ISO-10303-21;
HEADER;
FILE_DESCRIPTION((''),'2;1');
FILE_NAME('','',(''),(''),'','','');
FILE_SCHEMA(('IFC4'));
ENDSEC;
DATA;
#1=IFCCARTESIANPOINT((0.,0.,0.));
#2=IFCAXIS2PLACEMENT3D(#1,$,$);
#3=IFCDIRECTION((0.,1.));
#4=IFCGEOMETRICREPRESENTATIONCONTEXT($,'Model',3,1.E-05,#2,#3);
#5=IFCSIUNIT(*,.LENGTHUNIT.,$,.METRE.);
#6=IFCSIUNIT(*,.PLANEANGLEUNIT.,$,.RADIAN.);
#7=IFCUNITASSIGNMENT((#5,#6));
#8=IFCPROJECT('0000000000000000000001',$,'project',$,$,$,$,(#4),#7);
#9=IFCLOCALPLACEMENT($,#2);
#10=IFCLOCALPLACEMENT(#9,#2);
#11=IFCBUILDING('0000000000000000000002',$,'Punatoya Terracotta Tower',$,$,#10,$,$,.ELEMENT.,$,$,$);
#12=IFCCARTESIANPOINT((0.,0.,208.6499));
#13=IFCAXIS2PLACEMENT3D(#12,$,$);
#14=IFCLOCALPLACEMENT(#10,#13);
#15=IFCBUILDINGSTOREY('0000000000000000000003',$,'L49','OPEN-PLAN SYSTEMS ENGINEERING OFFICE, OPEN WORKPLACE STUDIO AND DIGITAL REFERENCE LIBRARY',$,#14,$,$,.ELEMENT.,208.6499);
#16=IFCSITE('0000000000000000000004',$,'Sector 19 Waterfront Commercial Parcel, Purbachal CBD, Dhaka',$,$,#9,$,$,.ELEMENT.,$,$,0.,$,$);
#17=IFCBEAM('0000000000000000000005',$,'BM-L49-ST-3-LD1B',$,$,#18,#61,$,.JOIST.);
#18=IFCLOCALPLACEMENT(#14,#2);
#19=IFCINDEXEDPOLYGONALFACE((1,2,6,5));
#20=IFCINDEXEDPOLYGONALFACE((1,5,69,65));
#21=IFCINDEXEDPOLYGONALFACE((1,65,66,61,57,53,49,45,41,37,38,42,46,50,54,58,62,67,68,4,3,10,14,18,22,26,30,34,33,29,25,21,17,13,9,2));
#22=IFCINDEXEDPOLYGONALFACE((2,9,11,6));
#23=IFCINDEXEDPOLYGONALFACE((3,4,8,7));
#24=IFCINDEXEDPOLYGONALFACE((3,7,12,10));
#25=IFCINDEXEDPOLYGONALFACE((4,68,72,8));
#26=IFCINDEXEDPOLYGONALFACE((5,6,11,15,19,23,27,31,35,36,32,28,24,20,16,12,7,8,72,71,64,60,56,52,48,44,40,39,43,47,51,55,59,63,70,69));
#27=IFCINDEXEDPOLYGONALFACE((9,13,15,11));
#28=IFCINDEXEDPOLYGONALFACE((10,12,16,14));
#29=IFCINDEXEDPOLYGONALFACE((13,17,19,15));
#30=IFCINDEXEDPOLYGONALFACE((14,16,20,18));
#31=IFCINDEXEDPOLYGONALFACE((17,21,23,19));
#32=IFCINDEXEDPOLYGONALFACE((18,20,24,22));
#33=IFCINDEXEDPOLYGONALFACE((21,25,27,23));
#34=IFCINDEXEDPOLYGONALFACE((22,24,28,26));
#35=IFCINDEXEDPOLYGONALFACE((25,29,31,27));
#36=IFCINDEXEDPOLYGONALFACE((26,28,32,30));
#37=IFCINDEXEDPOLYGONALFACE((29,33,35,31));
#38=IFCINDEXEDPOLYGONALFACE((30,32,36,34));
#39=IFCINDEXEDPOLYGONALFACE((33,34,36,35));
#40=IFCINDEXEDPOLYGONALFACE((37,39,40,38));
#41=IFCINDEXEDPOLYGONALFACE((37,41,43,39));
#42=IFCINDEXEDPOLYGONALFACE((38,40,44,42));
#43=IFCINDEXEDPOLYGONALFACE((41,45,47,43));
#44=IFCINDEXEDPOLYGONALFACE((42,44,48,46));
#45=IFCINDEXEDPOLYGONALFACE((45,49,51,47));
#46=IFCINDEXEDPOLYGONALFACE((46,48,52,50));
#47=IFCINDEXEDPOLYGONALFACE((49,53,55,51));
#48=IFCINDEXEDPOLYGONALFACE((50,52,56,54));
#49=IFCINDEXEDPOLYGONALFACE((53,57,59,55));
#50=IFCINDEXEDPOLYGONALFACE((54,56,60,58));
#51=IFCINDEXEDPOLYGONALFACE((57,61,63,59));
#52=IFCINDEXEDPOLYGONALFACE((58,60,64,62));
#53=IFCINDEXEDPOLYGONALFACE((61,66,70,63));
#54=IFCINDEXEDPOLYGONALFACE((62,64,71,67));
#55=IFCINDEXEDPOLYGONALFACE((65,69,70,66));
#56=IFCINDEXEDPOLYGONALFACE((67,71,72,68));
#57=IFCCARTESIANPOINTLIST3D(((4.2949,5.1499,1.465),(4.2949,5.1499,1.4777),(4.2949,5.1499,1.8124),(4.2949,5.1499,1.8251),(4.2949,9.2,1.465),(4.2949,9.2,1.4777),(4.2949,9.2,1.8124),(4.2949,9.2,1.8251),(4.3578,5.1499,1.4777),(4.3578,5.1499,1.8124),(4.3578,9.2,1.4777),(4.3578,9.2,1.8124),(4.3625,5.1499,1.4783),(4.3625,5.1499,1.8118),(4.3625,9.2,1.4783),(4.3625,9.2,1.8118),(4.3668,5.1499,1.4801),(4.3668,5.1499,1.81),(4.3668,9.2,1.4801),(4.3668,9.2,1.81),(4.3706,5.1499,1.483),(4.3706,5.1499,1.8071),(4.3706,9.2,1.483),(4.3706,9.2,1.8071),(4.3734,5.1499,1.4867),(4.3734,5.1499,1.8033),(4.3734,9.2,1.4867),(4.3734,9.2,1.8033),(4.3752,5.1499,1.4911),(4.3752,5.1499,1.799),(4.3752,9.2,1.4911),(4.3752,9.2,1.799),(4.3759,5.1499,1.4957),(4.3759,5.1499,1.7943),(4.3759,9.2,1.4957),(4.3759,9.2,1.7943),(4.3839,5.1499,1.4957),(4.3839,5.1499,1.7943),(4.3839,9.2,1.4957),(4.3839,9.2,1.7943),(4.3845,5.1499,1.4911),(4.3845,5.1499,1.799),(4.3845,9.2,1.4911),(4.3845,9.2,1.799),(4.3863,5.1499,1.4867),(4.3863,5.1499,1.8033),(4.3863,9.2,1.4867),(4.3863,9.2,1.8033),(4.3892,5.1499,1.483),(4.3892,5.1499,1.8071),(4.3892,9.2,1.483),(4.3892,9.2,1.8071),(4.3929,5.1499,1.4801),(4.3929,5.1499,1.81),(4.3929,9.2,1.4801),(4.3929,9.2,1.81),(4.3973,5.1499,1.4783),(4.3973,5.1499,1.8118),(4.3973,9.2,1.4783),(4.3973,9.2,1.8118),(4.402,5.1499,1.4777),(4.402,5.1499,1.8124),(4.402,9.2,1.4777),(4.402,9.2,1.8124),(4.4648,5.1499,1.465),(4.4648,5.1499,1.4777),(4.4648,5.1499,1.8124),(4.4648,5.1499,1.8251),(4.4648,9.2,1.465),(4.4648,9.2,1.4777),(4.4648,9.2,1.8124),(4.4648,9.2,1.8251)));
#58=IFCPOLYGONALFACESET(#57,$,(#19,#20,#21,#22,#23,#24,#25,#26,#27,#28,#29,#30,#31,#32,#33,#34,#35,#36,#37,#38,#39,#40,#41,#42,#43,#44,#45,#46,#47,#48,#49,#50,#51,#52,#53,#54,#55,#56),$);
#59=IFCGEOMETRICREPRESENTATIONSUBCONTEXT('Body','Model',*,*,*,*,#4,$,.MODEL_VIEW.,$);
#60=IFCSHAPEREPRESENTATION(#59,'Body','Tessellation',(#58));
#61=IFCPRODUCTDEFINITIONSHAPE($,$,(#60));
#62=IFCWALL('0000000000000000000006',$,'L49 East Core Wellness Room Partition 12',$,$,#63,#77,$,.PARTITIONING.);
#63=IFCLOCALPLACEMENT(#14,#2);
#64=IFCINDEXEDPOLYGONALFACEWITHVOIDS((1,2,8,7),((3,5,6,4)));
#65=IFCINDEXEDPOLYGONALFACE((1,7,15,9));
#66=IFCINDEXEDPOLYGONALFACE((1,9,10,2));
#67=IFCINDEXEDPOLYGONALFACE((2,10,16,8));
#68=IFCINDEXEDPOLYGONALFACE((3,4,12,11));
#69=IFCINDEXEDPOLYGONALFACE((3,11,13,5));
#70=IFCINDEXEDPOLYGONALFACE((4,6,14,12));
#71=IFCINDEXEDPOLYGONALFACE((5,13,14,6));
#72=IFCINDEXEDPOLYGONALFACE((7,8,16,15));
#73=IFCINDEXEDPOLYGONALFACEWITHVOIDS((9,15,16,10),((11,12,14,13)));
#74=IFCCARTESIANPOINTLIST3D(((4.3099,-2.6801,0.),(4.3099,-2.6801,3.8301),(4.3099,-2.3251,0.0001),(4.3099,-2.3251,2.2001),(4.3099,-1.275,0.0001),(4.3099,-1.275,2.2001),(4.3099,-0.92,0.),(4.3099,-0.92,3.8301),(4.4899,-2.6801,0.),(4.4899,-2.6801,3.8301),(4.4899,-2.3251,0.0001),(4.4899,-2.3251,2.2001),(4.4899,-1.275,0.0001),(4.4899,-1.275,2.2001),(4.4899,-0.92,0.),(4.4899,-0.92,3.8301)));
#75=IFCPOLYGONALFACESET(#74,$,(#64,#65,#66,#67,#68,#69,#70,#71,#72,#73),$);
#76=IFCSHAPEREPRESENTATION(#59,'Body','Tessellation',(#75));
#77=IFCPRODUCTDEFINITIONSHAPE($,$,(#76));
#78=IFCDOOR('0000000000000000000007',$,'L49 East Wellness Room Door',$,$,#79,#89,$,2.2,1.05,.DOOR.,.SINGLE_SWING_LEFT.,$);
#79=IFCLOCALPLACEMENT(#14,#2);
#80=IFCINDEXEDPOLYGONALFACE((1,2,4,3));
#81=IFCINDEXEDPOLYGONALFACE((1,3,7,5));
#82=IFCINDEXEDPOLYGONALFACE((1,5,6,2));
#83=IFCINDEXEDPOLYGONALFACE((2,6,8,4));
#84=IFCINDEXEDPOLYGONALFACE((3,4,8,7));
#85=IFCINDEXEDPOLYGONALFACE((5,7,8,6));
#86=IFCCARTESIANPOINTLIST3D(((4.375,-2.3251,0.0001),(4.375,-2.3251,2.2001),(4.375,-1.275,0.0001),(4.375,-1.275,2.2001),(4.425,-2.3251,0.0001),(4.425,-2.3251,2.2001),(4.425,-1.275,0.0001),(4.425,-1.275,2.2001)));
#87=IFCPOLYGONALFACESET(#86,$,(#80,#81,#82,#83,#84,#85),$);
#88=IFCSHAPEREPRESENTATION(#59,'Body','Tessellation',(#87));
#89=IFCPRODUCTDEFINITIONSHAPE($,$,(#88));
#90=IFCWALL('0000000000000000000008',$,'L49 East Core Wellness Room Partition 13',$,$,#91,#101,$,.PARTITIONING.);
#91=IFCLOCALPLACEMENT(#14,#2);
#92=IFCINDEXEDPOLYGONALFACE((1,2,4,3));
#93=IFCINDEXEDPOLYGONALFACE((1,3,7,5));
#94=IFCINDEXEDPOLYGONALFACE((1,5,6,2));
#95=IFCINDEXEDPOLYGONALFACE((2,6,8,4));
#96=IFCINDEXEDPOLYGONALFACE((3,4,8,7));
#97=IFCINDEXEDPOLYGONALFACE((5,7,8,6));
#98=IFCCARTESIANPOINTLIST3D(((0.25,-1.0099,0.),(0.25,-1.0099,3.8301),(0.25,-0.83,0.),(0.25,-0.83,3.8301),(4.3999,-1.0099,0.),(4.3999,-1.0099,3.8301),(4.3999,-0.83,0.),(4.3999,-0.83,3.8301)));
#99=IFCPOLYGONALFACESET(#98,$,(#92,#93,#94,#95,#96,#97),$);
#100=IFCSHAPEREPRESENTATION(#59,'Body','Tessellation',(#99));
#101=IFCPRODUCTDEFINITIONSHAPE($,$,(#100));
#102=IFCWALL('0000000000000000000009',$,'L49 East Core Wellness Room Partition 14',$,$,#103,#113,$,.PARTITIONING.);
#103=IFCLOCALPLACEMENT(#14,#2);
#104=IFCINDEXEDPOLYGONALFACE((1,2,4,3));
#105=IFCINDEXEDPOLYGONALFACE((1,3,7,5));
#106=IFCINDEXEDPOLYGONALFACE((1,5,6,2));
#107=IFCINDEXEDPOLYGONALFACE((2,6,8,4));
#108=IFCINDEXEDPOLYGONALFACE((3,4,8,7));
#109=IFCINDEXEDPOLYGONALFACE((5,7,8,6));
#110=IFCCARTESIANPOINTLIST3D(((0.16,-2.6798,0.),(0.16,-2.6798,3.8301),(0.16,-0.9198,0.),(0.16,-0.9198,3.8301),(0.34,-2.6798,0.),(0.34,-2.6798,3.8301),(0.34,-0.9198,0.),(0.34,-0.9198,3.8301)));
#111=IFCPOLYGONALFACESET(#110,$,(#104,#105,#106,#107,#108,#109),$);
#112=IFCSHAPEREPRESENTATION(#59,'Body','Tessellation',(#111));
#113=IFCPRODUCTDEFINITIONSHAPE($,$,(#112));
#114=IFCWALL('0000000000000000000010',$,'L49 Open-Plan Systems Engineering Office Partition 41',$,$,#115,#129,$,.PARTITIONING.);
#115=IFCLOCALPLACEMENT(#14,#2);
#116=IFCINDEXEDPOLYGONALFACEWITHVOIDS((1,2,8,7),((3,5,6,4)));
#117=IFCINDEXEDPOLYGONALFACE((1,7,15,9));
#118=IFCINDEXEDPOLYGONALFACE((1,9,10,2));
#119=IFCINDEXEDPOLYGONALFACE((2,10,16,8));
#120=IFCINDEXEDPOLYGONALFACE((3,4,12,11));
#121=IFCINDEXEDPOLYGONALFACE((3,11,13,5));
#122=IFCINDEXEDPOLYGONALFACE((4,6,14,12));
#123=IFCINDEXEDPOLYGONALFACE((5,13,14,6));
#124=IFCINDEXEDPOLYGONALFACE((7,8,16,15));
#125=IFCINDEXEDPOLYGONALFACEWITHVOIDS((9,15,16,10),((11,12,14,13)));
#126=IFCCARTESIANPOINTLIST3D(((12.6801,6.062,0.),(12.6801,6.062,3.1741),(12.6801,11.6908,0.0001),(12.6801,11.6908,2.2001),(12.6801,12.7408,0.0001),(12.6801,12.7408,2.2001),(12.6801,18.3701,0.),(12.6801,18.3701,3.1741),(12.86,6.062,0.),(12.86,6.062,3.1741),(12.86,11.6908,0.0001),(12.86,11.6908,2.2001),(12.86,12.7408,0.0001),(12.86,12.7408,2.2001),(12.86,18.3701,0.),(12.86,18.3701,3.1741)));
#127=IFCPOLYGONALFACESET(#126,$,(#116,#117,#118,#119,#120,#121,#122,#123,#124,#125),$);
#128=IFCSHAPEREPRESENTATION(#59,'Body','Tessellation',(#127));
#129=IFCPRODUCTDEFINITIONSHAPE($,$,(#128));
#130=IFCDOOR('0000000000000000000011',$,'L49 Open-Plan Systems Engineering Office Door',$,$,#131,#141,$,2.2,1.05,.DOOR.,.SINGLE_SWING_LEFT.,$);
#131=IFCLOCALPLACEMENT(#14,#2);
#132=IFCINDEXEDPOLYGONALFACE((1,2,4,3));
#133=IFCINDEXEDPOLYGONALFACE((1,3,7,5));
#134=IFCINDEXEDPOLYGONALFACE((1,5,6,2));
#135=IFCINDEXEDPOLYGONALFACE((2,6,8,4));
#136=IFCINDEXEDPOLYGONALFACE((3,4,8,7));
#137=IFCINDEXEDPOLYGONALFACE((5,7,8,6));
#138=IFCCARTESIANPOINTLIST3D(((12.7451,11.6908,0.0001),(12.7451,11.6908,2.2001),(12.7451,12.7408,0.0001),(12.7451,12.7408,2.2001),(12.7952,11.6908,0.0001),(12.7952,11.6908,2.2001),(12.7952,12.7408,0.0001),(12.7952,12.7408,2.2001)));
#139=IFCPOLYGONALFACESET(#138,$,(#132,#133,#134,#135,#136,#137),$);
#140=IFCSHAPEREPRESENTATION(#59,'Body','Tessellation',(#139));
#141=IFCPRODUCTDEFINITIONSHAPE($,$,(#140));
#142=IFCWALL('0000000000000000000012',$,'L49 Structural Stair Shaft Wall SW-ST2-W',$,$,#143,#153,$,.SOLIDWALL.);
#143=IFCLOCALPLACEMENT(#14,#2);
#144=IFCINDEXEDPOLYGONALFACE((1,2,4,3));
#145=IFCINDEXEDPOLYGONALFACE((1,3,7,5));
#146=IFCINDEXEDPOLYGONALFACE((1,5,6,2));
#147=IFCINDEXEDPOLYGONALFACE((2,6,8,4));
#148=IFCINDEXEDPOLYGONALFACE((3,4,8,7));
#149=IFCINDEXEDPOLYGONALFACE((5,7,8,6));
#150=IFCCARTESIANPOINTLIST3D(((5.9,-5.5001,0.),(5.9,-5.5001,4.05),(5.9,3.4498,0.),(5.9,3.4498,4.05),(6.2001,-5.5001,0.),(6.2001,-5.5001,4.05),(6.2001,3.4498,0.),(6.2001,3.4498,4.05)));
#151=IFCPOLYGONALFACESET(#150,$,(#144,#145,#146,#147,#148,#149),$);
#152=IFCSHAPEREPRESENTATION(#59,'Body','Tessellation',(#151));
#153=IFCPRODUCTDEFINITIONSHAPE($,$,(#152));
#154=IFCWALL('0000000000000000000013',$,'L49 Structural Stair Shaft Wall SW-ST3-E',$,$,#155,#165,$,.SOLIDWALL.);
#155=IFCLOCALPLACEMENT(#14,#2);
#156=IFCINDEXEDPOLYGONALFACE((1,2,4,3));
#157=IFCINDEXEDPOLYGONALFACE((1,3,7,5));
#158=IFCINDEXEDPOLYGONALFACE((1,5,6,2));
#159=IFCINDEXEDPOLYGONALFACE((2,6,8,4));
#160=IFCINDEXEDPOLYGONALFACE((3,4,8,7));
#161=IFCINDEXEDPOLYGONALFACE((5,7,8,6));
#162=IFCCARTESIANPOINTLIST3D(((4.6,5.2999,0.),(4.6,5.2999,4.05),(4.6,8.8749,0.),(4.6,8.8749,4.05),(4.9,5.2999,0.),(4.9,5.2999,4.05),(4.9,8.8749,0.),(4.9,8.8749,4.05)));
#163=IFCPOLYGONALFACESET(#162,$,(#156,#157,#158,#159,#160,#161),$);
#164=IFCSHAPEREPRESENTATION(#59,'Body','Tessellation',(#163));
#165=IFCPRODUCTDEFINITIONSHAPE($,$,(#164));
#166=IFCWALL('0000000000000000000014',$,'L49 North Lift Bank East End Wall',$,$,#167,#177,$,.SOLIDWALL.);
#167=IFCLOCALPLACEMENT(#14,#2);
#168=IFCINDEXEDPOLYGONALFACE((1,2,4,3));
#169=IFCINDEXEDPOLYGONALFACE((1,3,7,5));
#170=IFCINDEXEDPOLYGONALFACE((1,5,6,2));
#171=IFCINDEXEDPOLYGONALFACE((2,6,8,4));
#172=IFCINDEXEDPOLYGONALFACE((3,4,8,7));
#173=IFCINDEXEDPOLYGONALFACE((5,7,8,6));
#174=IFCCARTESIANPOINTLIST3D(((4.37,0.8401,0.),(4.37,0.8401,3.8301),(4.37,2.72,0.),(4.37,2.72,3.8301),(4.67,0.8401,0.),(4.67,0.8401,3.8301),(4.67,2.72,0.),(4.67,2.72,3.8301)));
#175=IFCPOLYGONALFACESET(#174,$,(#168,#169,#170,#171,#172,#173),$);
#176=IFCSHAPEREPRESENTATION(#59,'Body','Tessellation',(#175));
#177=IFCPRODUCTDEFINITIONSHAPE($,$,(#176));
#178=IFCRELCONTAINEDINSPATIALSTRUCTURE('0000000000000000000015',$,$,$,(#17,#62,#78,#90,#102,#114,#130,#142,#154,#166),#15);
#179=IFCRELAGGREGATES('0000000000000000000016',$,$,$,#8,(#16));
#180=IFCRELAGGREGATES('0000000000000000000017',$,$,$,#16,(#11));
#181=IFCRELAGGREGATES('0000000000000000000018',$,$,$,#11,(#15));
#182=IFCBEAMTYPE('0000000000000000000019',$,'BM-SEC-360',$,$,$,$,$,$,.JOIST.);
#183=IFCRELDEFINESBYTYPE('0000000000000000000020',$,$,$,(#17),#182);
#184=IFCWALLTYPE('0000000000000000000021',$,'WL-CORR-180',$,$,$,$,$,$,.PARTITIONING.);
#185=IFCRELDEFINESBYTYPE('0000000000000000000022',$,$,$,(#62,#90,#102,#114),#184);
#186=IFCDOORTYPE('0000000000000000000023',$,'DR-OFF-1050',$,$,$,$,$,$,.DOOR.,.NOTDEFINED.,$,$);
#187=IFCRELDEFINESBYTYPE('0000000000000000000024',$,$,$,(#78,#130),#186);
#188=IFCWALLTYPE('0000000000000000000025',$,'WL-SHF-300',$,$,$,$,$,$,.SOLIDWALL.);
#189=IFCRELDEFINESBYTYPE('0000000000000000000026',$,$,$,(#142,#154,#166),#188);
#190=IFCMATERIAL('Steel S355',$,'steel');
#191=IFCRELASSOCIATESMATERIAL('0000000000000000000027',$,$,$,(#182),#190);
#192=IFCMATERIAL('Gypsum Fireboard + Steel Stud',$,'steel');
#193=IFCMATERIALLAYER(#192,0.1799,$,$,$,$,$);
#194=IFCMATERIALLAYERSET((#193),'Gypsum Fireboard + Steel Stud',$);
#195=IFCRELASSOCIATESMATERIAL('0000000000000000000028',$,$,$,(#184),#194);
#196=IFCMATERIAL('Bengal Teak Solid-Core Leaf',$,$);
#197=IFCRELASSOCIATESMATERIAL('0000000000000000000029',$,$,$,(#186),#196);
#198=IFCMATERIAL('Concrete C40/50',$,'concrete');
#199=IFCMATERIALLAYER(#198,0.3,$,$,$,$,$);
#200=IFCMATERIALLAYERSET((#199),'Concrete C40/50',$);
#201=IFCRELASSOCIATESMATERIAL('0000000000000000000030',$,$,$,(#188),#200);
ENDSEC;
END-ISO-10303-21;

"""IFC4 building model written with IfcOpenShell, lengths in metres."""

from ifc_helpers import new_model, si_unit, direction, frame, frame_2d, origin, origin_2d, place, context, subcontext, project, spatial, rectangle, i_section, extrude, material, layer, layer_set, material_profile, profile_set, type_object, element, fill, save


model = new_model("IFC4")

# Units and contexts
model_context = context("Model", 3, precision=1e-05, world=origin(), true_north=direction((0.0, 1.0)))
body_context = subcontext(model_context, "Body", "Model", "MODEL_VIEW")
ifc_project = project(units=[si_unit("LENGTHUNIT", "METRE"), si_unit("PLANEANGLEUNIT", "RADIAN")], contexts=[model_context])

# Site, building, storey
site_placement = place(None, origin())
site = spatial("IfcSite", under=ifc_project, at=site_placement, Name="Sector 19 Waterfront Commercial Parcel, Purbachal CBD, Dhaka", CompositionType="ELEMENT", RefElevation=0.0)
building_placement = place(site_placement, origin())
building = spatial("IfcBuilding", under=site, at=building_placement, Name="Punatoya Terracotta Tower", CompositionType="ELEMENT")
storey_placement = place(building_placement, frame((0.0, 0.0, 208.6499)))
storey = spatial("IfcBuildingStorey", under=building, at=storey_placement, Name="L49", Description="OPEN-PLAN SYSTEMS ENGINEERING OFFICE, OPEN WORKPLACE STUDIO AND DIGITAL REFERENCE LIBRARY", CompositionType="ELEMENT", Elevation=208.6499)

# Beam
ifc_material_1 = material(Name="Steel S355", Category="steel")
ifc_material_profile_1 = material_profile(ifc_material_1, i_section(OverallWidth=0.1699, OverallDepth=0.3601, WebThickness=0.0081, FlangeThickness=0.0127, FilletRadius=0.0181, at=origin_2d()))
ifc_profile_set_1 = profile_set([ifc_material_profile_1], Name="Steel S355")
beam_type_1 = type_object("IfcBeamType", Name="BM-SEC-360", PredefinedType="JOIST", material=ifc_profile_set_1)
for number, where, z_axis, x_axis, name in (
    (1, (4.3799, 5.1499, 1.645), (0.0, 1.0, 0.0), (-1.0, 0.0, 0.0), "BM-L49-ST-3-LD1B"),
):
    element("IfcBeam", number, at=place(storey_placement, frame(where, z_axis=z_axis, x_axis=x_axis)), inside=storey, type_object=beam_type_1, Name=name, PredefinedType="JOIST", context=body_context, shape_type="SweptSolid", body=[
        extrude(i_section(OverallWidth=0.1699, OverallDepth=0.3601, WebThickness=0.0081, FlangeThickness=0.0127, FilletRadius=0.0181, at=origin_2d()), origin(), (0.0, 0.0, 1.0), 4.05),
    ])

# Wall, opening, door
ifc_material_2 = material(Name="Gypsum Fireboard + Steel Stud", Category="steel")
ifc_layer_1 = layer(ifc_material_2, 0.1799)
ifc_layer_set_1 = layer_set([ifc_layer_1], Name="Gypsum Fireboard + Steel Stud")
wall_type_1 = type_object("IfcWallType", Name="WL-CORR-180", PredefinedType="PARTITIONING", material=ifc_layer_set_1)
wall_1_placement = place(storey_placement, frame((4.3999, -2.6799, 0.0), z_axis=(0.0, 0.0, 1.0), x_axis=(0.0, 1.0, 0.0)))
wall_1 = element("IfcWall", 2, at=wall_1_placement, inside=storey, type_object=wall_type_1, Name="L49 East Core Wellness Room Partition 12", PredefinedType="PARTITIONING", context=body_context, shape_type="SweptSolid", body=[
    extrude(rectangle(XDim=1.76, YDim=0.1799, at=frame_2d((0.8799, 0.0))), origin(), (0.0, 0.0, 1.0), 3.8301),
])
opening_1_placement = place(wall_1_placement, frame((0.355, 0.0, 0.0)))
opening_1 = element("IfcOpeningElement", 3, at=opening_1_placement, cuts=wall_1, PredefinedType="OPENING", context=body_context, shape_type="SweptSolid", body=[
    extrude(rectangle(XDim=1.05, YDim=2.2, at=frame_2d((0.5249, 1.1001))), frame((0.0, 0.0999, 0.0), z_axis=(0.0, -1.0, 0.0), x_axis=(1.0, 0.0, 0.0)), (0.0, 0.0, 1.0), 0.2),
])
ifc_material_3 = material(Name="Bengal Teak Solid-Core Leaf")
door_type = type_object("IfcDoorType", Name="DR-OFF-1050", OperationType="NOTDEFINED", PredefinedType="DOOR", material=ifc_material_3)
door_1_placement = place(opening_1_placement, origin())
door_1 = element("IfcDoor", 4, at=door_1_placement, inside=storey, type_object=door_type, Name="L49 East Wellness Room Door", OperationType="SINGLE_SWING_LEFT", OverallHeight=2.2, OverallWidth=1.05, PredefinedType="DOOR", context=body_context, shape_type="SweptSolid", body=[
    extrude(rectangle(XDim=1.05, YDim=2.2, at=frame_2d((0.5249, 1.1001))), frame((0.0, 0.0249, 0.0), z_axis=(0.0, -1.0, 0.0), x_axis=(1.0, 0.0, 0.0)), (0.0, 0.0, 1.0), 0.05),
])
fill(opening_1, door_1)

# Walls
wall_2_placement = place(storey_placement, frame((4.3999, -0.9199, 0.0), z_axis=(0.0, 0.0, 1.0), x_axis=(-1.0, 0.0, 0.0)))
element("IfcWall", 5, at=wall_2_placement, inside=storey, type_object=wall_type_1, Name="L49 East Core Wellness Room Partition 13", PredefinedType="PARTITIONING", context=body_context, shape_type="SweptSolid", body=[
    extrude(rectangle(XDim=4.1499, YDim=0.1799, at=frame_2d((2.075, 0.0))), origin(), (0.0, 0.0, 1.0), 3.8301),
])
wall_3_placement = place(storey_placement, frame((0.25, -0.9199, 0.0), z_axis=(0.0, 0.0, 1.0), x_axis=(0.0, -1.0, 0.0)))
element("IfcWall", 6, at=wall_3_placement, inside=storey, type_object=wall_type_1, Name="L49 East Core Wellness Room Partition 14", PredefinedType="PARTITIONING", context=body_context, shape_type="SweptSolid", body=[
    extrude(rectangle(XDim=1.76, YDim=0.1799, at=frame_2d((0.8799, 0.0))), origin(), (0.0, 0.0, 1.0), 3.8301),
])

# Wall, opening, door
wall_4_placement = place(storey_placement, frame((12.77, 6.062, 0.0), z_axis=(0.0, 0.0, 1.0), x_axis=(0.0, 1.0, 0.0)))
wall_4 = element("IfcWall", 7, at=wall_4_placement, inside=storey, type_object=wall_type_1, Name="L49 Open-Plan Systems Engineering Office Partition 41", PredefinedType="PARTITIONING", context=body_context, shape_type="SweptSolid", body=[
    extrude(rectangle(XDim=12.3081, YDim=0.1799, at=frame_2d((6.1541, 0.0))), origin(), (0.0, 0.0, 1.0), 3.1741),
])
opening_2_placement = place(wall_4_placement, frame((5.6289, 0.0, 0.0)))
opening_2 = element("IfcOpeningElement", 8, at=opening_2_placement, cuts=wall_4, PredefinedType="OPENING", context=body_context, shape_type="SweptSolid", body=[
    extrude(rectangle(XDim=1.05, YDim=2.2, at=frame_2d((0.5249, 1.1001))), frame((0.0, 0.0999, 0.0), z_axis=(0.0, -1.0, 0.0), x_axis=(1.0, 0.0, 0.0)), (0.0, 0.0, 1.0), 0.2),
])
door_2_placement = place(opening_2_placement, origin())
door_2 = element("IfcDoor", 9, at=door_2_placement, inside=storey, type_object=door_type, Name="L49 Open-Plan Systems Engineering Office Door", OperationType="SINGLE_SWING_LEFT", OverallHeight=2.2, OverallWidth=1.05, PredefinedType="DOOR", context=body_context, shape_type="SweptSolid", body=[
    extrude(rectangle(XDim=1.05, YDim=2.2, at=frame_2d((0.5249, 1.1001))), frame((0.0, 0.0249, 0.0), z_axis=(0.0, -1.0, 0.0), x_axis=(1.0, 0.0, 0.0)), (0.0, 0.0, 1.0), 0.05),
])
fill(opening_2, door_2)

# Walls
ifc_material_4 = material(Name="Concrete C40/50", Category="concrete")
ifc_layer_2 = layer(ifc_material_4, 0.3)
ifc_layer_set_2 = layer_set([ifc_layer_2], Name="Concrete C40/50")
wall_type_2 = type_object("IfcWallType", Name="WL-SHF-300", PredefinedType="SOLIDWALL", material=ifc_layer_set_2)
wall_5_placement = place(storey_placement, frame((6.05, 3.45, 0.0), z_axis=(0.0, 0.0, 1.0), x_axis=(0.0, -1.0, 0.0)))
element("IfcWall", 10, at=wall_5_placement, inside=storey, type_object=wall_type_2, Name="L49 Structural Stair Shaft Wall SW-ST2-W", PredefinedType="SOLIDWALL", context=body_context, shape_type="SweptSolid", body=[
    extrude(rectangle(XDim=8.95, YDim=0.3, at=frame_2d((4.4751, 0.0))), origin(), (0.0, 0.0, 1.0), 4.05),
])
wall_6_placement = place(storey_placement, frame((4.75, 8.875, 0.0), z_axis=(0.0, 0.0, 1.0), x_axis=(0.0, -1.0, 0.0)))
element("IfcWall", 11, at=wall_6_placement, inside=storey, type_object=wall_type_2, Name="L49 Structural Stair Shaft Wall SW-ST3-E", PredefinedType="SOLIDWALL", context=body_context, shape_type="SweptSolid", body=[
    extrude(rectangle(XDim=3.575, YDim=0.3, at=frame_2d((1.7876, 0.0))), origin(), (0.0, 0.0, 1.0), 4.05),
])
wall_7_placement = place(storey_placement, frame((4.52, 0.8401, 0.0), z_axis=(0.0, 0.0, 1.0), x_axis=(0.0, 1.0, 0.0)))
element("IfcWall", 12, at=wall_7_placement, inside=storey, type_object=wall_type_2, Name="L49 North Lift Bank East End Wall", PredefinedType="SOLIDWALL", context=body_context, shape_type="SweptSolid", body=[
    extrude(rectangle(XDim=1.8799, YDim=0.3, at=frame_2d((0.9399, 0.0))), origin(), (0.0, 0.0, 1.0), 3.8301),
])

save(model, "model.ifc")
